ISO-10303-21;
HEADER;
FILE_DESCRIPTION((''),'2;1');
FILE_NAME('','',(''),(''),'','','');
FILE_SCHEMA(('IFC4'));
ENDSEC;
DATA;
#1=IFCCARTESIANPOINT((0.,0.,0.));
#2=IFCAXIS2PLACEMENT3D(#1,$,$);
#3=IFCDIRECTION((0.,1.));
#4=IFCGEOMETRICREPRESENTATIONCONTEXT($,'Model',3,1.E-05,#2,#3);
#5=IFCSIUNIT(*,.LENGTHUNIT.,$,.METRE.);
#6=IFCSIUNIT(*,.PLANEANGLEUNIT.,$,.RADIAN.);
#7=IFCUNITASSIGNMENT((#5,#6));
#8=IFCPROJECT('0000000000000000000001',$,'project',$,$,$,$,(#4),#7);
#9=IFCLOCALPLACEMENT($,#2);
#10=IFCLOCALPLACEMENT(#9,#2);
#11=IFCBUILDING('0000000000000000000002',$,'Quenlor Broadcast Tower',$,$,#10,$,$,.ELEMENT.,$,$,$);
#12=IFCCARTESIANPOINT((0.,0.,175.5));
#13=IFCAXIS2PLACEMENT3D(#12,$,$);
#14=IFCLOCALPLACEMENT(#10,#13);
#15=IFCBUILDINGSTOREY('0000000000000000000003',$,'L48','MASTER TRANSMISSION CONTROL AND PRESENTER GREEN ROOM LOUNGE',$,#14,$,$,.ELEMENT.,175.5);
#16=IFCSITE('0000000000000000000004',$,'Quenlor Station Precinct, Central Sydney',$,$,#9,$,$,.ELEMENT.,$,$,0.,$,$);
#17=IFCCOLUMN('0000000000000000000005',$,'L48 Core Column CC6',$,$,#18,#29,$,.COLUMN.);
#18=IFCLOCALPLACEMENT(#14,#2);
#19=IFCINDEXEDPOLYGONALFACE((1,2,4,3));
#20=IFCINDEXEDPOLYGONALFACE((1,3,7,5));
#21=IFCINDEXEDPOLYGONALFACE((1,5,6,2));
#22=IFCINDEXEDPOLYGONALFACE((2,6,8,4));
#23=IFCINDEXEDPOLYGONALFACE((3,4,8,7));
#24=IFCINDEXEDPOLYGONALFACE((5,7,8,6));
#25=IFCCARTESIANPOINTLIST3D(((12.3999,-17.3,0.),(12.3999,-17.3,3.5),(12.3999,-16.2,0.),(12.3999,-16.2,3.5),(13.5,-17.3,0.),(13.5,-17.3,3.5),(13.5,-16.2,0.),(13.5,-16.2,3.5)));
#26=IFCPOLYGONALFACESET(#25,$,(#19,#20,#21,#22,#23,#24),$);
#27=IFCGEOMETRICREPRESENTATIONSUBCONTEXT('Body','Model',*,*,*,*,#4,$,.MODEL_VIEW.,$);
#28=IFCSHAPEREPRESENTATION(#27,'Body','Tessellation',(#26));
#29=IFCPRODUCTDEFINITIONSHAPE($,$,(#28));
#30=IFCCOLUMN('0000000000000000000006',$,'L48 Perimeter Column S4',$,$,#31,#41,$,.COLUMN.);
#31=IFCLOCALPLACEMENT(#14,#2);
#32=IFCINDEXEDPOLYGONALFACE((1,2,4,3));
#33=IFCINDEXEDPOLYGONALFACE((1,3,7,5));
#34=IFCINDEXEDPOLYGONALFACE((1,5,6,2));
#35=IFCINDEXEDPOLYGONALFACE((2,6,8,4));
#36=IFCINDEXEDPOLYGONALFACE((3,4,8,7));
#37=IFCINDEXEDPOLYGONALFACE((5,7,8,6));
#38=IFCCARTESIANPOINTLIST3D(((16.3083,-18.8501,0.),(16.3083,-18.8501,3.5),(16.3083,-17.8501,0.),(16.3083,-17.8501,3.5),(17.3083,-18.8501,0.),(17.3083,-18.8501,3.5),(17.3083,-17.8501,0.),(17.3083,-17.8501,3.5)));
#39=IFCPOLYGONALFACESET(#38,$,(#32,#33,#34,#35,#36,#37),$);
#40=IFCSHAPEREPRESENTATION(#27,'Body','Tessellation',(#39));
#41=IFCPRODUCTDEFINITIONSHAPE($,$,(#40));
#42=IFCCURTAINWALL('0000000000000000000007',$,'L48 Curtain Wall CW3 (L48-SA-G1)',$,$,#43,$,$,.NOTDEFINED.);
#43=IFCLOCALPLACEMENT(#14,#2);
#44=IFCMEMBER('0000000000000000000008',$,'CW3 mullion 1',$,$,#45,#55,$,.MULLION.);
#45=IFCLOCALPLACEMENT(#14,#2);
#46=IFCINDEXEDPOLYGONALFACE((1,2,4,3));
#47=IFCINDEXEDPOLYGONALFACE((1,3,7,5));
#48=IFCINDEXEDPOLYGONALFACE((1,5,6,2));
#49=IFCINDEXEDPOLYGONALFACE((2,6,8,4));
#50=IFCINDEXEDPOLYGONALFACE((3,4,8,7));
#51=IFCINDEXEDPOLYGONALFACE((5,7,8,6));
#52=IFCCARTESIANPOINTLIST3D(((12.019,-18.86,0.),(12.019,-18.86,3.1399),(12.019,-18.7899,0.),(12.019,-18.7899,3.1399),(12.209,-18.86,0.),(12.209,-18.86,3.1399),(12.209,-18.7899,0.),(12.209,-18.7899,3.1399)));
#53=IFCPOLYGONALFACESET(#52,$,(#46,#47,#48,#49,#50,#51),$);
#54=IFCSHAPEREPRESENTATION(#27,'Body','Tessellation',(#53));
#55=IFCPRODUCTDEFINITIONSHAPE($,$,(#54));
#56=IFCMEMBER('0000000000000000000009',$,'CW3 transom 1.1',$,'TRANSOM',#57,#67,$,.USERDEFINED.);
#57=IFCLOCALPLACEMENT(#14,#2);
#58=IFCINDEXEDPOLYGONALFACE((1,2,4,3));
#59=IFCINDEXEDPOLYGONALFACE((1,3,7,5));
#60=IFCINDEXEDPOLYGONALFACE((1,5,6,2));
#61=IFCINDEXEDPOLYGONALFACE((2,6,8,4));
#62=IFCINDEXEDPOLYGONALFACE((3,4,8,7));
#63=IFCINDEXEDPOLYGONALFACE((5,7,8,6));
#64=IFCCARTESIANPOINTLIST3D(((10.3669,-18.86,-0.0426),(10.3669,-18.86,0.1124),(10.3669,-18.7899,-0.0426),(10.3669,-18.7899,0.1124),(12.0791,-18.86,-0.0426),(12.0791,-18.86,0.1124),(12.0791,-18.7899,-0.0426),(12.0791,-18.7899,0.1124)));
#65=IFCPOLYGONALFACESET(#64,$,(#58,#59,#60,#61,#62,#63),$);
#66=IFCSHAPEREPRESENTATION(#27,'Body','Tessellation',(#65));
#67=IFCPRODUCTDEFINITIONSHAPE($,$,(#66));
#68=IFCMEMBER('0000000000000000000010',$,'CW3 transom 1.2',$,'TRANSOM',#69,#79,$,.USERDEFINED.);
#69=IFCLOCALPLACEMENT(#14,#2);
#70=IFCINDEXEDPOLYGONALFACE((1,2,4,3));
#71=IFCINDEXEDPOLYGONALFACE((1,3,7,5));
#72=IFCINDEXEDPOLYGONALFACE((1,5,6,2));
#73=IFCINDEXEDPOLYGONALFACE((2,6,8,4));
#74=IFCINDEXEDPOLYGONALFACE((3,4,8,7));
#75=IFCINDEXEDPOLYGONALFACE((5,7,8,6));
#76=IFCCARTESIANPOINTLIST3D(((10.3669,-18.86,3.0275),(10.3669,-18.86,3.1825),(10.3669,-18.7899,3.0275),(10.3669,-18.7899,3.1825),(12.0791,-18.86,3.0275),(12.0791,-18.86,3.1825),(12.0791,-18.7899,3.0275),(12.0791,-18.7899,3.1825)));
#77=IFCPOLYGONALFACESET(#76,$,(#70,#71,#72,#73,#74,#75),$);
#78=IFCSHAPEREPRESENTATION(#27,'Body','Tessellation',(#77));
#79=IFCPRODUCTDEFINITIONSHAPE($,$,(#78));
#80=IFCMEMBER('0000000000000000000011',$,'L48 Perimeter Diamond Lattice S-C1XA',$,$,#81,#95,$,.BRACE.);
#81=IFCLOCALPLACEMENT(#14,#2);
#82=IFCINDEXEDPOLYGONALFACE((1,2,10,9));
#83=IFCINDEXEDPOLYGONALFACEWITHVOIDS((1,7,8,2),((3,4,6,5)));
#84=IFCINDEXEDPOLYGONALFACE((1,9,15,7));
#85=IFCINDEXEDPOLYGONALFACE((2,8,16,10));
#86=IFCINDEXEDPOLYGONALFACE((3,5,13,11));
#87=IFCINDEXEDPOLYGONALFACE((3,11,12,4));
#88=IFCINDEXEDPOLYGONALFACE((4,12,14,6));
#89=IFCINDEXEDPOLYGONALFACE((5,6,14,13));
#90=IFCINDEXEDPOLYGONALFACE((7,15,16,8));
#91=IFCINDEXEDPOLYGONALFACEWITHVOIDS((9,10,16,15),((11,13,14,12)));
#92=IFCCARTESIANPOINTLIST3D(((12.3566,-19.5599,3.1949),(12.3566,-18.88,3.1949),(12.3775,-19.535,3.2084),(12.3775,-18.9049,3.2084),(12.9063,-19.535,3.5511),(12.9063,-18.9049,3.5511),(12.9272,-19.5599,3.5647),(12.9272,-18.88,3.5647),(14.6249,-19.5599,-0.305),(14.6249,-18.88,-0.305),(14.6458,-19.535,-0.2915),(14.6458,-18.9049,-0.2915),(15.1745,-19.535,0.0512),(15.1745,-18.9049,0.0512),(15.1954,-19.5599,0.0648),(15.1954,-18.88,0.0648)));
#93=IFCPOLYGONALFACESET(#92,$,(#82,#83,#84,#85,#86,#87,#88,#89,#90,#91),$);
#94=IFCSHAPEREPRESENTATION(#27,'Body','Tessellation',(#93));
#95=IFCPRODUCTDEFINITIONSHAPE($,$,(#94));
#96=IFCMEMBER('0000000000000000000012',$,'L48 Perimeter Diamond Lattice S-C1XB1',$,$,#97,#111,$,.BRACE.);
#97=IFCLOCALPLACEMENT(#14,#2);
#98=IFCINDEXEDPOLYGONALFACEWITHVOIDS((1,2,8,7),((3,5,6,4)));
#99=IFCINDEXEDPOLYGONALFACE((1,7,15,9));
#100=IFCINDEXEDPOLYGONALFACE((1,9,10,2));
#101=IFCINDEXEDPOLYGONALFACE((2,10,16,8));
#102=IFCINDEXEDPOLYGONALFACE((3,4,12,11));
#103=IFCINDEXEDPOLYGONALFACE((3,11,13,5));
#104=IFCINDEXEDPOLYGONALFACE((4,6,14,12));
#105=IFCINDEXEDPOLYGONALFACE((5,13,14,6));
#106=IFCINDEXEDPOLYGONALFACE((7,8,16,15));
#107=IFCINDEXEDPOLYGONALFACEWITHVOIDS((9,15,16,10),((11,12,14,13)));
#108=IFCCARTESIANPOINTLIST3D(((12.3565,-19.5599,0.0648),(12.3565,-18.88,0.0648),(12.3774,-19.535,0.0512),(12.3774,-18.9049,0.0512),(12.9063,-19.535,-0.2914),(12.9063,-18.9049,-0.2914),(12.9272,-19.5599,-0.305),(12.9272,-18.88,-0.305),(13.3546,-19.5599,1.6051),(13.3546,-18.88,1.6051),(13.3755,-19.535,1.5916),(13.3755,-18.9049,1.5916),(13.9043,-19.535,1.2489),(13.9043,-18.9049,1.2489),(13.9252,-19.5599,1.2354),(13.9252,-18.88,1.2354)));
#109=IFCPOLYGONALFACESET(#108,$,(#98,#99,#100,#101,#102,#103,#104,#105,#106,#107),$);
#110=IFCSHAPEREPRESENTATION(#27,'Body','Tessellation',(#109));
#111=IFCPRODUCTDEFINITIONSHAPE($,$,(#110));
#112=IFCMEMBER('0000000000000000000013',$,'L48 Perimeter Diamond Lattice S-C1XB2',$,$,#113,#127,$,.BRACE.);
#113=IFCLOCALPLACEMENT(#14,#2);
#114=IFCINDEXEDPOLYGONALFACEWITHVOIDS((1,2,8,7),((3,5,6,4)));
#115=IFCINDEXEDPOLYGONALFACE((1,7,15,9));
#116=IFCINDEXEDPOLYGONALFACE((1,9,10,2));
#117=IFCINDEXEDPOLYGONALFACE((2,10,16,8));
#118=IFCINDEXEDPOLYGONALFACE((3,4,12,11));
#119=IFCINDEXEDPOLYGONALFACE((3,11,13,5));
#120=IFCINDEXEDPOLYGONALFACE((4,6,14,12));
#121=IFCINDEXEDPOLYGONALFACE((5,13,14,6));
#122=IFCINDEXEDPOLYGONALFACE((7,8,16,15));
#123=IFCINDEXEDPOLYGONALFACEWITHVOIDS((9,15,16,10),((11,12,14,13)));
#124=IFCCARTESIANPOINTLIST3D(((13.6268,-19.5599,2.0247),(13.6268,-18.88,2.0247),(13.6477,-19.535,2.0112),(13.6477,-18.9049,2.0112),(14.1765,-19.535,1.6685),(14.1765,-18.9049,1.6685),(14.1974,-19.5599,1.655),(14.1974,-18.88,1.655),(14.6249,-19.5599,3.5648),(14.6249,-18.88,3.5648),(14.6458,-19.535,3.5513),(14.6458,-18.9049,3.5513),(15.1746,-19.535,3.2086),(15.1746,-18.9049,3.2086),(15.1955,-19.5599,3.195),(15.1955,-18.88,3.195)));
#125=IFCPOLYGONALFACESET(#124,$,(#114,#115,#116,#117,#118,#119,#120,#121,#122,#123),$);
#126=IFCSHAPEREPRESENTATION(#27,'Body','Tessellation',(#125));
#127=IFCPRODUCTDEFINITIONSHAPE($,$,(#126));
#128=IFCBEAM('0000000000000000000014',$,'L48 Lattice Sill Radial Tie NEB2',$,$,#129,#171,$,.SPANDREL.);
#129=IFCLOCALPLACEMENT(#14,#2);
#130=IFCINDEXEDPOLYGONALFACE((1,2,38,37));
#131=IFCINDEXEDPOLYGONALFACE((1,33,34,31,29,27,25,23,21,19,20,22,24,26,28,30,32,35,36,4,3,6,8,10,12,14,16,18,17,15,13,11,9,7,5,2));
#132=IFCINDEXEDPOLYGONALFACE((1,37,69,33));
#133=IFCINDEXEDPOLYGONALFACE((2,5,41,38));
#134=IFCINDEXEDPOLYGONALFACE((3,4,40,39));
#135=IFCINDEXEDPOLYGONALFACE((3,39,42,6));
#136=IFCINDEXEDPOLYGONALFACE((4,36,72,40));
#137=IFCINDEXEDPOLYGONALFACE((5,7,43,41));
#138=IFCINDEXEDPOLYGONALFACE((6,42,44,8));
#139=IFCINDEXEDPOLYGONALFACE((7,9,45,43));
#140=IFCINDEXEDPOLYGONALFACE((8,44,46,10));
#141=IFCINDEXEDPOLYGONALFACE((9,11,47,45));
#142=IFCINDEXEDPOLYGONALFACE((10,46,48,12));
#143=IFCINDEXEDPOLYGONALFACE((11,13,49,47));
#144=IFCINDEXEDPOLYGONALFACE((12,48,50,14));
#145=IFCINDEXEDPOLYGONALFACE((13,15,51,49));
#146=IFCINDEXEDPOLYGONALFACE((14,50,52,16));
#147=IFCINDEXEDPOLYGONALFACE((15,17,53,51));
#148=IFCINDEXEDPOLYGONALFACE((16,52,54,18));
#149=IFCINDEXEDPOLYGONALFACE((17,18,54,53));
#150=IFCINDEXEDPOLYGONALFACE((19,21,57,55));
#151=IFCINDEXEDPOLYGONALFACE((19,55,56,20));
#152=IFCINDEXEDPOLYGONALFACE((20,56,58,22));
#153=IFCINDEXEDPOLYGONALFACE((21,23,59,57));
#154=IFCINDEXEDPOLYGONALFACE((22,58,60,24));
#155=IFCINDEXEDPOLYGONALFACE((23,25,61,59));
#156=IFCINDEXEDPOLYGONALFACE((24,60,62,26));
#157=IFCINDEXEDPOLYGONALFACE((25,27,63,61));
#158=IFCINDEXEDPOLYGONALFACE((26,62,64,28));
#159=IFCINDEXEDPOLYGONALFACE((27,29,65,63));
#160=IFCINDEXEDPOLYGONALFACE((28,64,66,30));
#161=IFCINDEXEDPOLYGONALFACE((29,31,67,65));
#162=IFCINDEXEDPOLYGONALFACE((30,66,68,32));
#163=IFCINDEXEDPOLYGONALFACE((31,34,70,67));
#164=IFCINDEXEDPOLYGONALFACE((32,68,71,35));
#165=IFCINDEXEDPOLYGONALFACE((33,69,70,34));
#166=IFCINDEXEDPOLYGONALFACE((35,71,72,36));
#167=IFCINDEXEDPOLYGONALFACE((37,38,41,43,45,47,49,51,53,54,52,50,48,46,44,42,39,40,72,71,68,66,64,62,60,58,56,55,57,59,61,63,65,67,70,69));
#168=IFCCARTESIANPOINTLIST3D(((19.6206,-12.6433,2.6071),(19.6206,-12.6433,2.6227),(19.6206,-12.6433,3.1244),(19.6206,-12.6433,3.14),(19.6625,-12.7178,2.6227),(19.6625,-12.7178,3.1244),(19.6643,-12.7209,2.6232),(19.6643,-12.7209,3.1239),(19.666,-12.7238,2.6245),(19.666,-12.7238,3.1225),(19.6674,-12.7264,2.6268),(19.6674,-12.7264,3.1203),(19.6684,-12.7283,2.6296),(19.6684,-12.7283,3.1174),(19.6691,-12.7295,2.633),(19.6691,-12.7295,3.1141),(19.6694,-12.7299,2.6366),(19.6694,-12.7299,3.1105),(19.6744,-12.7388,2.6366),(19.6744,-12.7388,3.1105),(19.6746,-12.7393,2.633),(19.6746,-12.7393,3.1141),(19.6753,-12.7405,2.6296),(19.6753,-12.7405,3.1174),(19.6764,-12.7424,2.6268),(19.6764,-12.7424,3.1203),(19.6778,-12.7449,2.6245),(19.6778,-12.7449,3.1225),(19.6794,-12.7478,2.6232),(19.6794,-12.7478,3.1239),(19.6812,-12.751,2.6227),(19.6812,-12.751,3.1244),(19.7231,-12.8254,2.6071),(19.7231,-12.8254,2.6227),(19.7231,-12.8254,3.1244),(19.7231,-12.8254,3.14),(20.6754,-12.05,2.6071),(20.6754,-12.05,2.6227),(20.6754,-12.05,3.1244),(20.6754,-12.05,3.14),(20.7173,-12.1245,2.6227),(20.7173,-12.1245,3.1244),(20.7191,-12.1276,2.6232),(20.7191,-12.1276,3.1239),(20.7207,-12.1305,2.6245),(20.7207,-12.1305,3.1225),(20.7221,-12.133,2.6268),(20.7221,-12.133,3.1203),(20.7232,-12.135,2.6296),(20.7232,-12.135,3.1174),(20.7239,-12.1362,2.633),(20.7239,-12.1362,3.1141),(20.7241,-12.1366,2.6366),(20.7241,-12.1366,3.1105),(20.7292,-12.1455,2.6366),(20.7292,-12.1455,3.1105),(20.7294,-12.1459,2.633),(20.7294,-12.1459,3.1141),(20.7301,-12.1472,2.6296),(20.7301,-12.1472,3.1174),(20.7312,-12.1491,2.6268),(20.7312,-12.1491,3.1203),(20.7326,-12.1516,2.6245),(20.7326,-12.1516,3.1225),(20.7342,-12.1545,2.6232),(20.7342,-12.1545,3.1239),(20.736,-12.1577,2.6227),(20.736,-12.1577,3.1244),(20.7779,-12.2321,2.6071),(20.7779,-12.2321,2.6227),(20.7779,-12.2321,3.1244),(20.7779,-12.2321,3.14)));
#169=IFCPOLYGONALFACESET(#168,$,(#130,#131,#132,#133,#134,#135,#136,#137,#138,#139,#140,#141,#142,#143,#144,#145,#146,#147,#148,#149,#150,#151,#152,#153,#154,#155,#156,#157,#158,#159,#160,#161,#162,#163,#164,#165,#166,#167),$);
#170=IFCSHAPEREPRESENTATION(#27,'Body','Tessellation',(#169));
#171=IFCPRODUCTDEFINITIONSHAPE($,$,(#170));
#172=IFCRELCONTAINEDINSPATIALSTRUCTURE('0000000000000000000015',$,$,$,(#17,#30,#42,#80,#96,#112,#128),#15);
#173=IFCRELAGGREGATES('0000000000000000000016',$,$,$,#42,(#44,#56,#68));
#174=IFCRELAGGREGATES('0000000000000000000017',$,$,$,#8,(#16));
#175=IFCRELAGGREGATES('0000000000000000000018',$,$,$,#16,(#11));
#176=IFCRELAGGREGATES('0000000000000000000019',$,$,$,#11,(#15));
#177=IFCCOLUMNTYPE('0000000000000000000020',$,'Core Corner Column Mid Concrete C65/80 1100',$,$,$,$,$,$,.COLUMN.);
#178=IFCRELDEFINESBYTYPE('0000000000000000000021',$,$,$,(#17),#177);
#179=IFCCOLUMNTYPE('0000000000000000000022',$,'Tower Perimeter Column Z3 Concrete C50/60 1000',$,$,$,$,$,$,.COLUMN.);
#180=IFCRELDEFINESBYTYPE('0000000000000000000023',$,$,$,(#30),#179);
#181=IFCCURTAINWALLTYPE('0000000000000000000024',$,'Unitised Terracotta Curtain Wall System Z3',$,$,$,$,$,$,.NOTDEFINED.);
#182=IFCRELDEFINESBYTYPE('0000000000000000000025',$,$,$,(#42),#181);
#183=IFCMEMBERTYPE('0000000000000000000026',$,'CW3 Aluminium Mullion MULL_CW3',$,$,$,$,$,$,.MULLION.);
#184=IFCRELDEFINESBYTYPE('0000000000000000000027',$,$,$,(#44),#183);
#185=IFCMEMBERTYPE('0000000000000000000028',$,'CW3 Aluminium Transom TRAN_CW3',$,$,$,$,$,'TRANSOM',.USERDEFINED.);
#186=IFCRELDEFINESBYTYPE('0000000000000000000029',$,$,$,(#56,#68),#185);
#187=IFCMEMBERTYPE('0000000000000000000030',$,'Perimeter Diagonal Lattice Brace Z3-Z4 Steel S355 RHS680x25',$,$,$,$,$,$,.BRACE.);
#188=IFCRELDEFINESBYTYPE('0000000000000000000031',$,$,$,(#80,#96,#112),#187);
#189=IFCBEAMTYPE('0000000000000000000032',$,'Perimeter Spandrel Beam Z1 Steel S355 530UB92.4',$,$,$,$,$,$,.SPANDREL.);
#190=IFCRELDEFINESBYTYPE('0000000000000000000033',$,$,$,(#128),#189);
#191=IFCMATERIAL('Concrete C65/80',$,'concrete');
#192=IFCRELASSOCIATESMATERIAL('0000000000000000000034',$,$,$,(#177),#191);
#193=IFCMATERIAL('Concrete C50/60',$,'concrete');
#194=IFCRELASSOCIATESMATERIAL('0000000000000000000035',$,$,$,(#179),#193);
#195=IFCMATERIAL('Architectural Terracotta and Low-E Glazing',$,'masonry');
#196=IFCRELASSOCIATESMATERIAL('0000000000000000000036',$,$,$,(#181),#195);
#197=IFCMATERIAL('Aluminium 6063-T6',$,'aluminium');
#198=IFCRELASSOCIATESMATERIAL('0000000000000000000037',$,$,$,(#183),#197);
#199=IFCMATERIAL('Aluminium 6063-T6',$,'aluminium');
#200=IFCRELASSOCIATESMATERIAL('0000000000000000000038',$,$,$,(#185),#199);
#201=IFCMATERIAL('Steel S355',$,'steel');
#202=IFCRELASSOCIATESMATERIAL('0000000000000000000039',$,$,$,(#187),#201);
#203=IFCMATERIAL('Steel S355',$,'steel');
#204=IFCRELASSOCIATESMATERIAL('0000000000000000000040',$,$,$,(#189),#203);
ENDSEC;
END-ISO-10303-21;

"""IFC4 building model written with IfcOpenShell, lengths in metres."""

from ifc_helpers import new_model, si_unit, direction, frame, origin, origin_2d, place, context, subcontext, project, spatial, rectangle, hollow_rectangle, i_section, extrude, material, material_profile, profile_set, type_object, element, aggregate, save


model = new_model("IFC4")

# Units and contexts
model_context = context("Model", 3, precision=1e-05, world=origin(), true_north=direction((0.0, 1.0)))
body_context = subcontext(model_context, "Body", "Model", "MODEL_VIEW")
ifc_project = project(units=[si_unit("LENGTHUNIT", "METRE"), si_unit("PLANEANGLEUNIT", "RADIAN")], contexts=[model_context])

# Site, building, storey
site_placement = place(None, origin())
site = spatial("IfcSite", under=ifc_project, at=site_placement, Name="Quenlor Station Precinct, Central Sydney", CompositionType="ELEMENT", RefElevation=0.0)
building_placement = place(site_placement, origin())
building = spatial("IfcBuilding", under=site, at=building_placement, Name="Quenlor Broadcast Tower", CompositionType="ELEMENT")
storey_placement = place(building_placement, frame((0.0, 0.0, 175.5)))
storey = spatial("IfcBuildingStorey", under=building, at=storey_placement, Name="L48", Description="MASTER TRANSMISSION CONTROL AND PRESENTER GREEN ROOM LOUNGE", CompositionType="ELEMENT", Elevation=175.5)

# Columns
ifc_material_1 = material(Name="Concrete C65/80", Category="concrete")
ifc_material_profile_1 = material_profile(ifc_material_1, rectangle(XDim=1.1001, YDim=1.1001, at=origin_2d()))
ifc_profile_set_1 = profile_set([ifc_material_profile_1], Name="Concrete C65/80 RC1100x1100")
column_type_1 = type_object("IfcColumnType", Name="Core Corner Column Mid Concrete C65/80 1100", PredefinedType="COLUMN", material=ifc_profile_set_1)
column_1_placement = place(storey_placement, frame((12.95, -16.75, 0.0), z_axis=(0.0, 0.0, 1.0), x_axis=(1.0, 0.0, 0.0)))
element("IfcColumn", 1, at=column_1_placement, inside=storey, type_object=column_type_1, Name="L48 Core Column CC6", PredefinedType="COLUMN", context=body_context, shape_type="SweptSolid", body=[
    extrude(rectangle(XDim=1.1001, YDim=1.1001, at=origin_2d()), origin(), (0.0, 0.0, 1.0), 3.5),
])
ifc_material_2 = material(Name="Concrete C50/60", Category="concrete")
ifc_material_profile_2 = material_profile(ifc_material_2, rectangle(XDim=1.0, YDim=1.0, at=origin_2d()))
ifc_profile_set_2 = profile_set([ifc_material_profile_2], Name="Concrete C50/60 RC1000x1000")
column_type_2 = type_object("IfcColumnType", Name="Tower Perimeter Column Z3 Concrete C50/60 1000", PredefinedType="COLUMN", material=ifc_profile_set_2)
column_2_placement = place(storey_placement, frame((16.8083, -18.3501, 0.0), z_axis=(0.0, 0.0, 1.0), x_axis=(0.0, 1.0, 0.0)))
element("IfcColumn", 2, at=column_2_placement, inside=storey, type_object=column_type_2, Name="L48 Perimeter Column S4", PredefinedType="COLUMN", context=body_context, shape_type="SweptSolid", body=[
    extrude(rectangle(XDim=1.0, YDim=1.0, at=origin_2d()), origin(), (0.0, 0.0, 1.0), 3.5),
])

# Curtain wall, members
ifc_material_3 = material(Name="Architectural Terracotta and Low-E Glazing", Category="masonry")
curtain_wall_type = type_object("IfcCurtainWallType", Name="Unitised Terracotta Curtain Wall System Z3", PredefinedType="NOTDEFINED", material=ifc_material_3)
curtain_wall_placement = place(storey_placement, origin())
curtain_wall = element("IfcCurtainWall", 3, at=curtain_wall_placement, inside=storey, type_object=curtain_wall_type, Name="L48 Curtain Wall CW3 (L48-SA-G1)", PredefinedType="NOTDEFINED")
ifc_material_4 = material(Name="Aluminium 6063-T6", Category="aluminium")
ifc_material_profile_3 = material_profile(ifc_material_4, rectangle(XDim=0.0701, YDim=0.1899, at=origin_2d()))
ifc_profile_set_3 = profile_set([ifc_material_profile_3], Name="Aluminium 6063-T6 MULL70x190")
member_type_1 = type_object("IfcMemberType", Name="CW3 Aluminium Mullion MULL_CW3", PredefinedType="MULLION", material=ifc_profile_set_3)
member_1_placement = place(storey_placement, frame((12.114, -18.825, 0.0), z_axis=(0.0, 0.0, 1.0), x_axis=(0.0, -1.0, 0.0)))
member_1 = element("IfcMember", 4, at=member_1_placement, type_object=member_type_1, Name="CW3 mullion 1", PredefinedType="MULLION", context=body_context, shape_type="SweptSolid", body=[
    extrude(rectangle(XDim=0.0701, YDim=0.1899, at=origin_2d()), origin(), (0.0, 0.0, 1.0), 3.1399),
])
ifc_material_5 = material(Name="Aluminium 6063-T6", Category="aluminium")
ifc_material_profile_4 = material_profile(ifc_material_5, rectangle(XDim=0.0701, YDim=0.155, at=origin_2d()))
ifc_profile_set_4 = profile_set([ifc_material_profile_4], Name="Aluminium 6063-T6 TRAN70x155")
member_type_2 = type_object("IfcMemberType", Name="CW3 Aluminium Transom TRAN_CW3", ElementType="TRANSOM", PredefinedType="USERDEFINED", material=ifc_profile_set_4)
member_2_placement = place(storey_placement, frame((12.0791, -18.825, 0.0349), z_axis=(-1.0, 0.0, 0.0), x_axis=(0.0, -1.0, 0.0)))
member_2 = element("IfcMember", 5, at=member_2_placement, type_object=member_type_2, Name="CW3 transom 1.1", ObjectType="TRANSOM", PredefinedType="USERDEFINED", context=body_context, shape_type="SweptSolid", body=[
    extrude(rectangle(XDim=0.0701, YDim=0.155, at=origin_2d()), origin(), (0.0, 0.0, 1.0), 1.7122),
])
member_3_placement = place(storey_placement, frame((12.0791, -18.825, 3.105), z_axis=(-1.0, 0.0, 0.0), x_axis=(0.0, -1.0, 0.0)))
member_3 = element("IfcMember", 6, at=member_3_placement, type_object=member_type_2, Name="CW3 transom 1.2", ObjectType="TRANSOM", PredefinedType="USERDEFINED", context=body_context, shape_type="SweptSolid", body=[
    extrude(rectangle(XDim=0.0701, YDim=0.155, at=origin_2d()), origin(), (0.0, 0.0, 1.0), 1.7122),
])
aggregate(curtain_wall, [member_1, member_2, member_3])

# Members
ifc_material_6 = material(Name="Steel S355", Category="steel")
ifc_material_profile_5 = material_profile(ifc_material_6, hollow_rectangle(XDim=0.6799, YDim=0.6799, WallThickness=0.0249, at=origin_2d()))
ifc_profile_set_5 = profile_set([ifc_material_profile_5], Name="Steel S355 RHS680x680x25")
member_type_3 = type_object("IfcMemberType", Name="Perimeter Diagonal Lattice Brace Z3-Z4 Steel S355 RHS680x25", PredefinedType="BRACE", material=ifc_profile_set_5)
member_4_placement = place(storey_placement, frame((14.9102, -19.22, -0.1201), z_axis=(-0.54386, 0.0, 0.839176), x_axis=(0.0, -1.0, 0.0)))
element("IfcMember", 7, at=member_4_placement, inside=storey, type_object=member_type_3, Name="L48 Perimeter Diamond Lattice S-C1XA", PredefinedType="BRACE", context=body_context, shape_type="SweptSolid", body=[
    extrude(hollow_rectangle(XDim=0.6799, YDim=0.6799, WallThickness=0.0249, at=origin_2d()), origin(), (0.0, 0.0, 1.0), 4.1707),
])
member_5_placement = place(storey_placement, frame((12.6418, -19.22, -0.1201), z_axis=(0.543786, 0.0, 0.839224), x_axis=(0.0, 1.0, 0.0)))
element("IfcMember", 8, at=member_5_placement, inside=storey, type_object=member_type_3, Name="L48 Perimeter Diamond Lattice S-C1XB1", PredefinedType="BRACE", context=body_context, shape_type="SweptSolid", body=[
    extrude(hollow_rectangle(XDim=0.6799, YDim=0.6799, WallThickness=0.0249, at=origin_2d()), origin(), (0.0, 0.0, 1.0), 1.8354),
])
member_6_placement = place(storey_placement, frame((13.9121, -19.22, 1.8398), z_axis=(0.543847, 0.0, 0.839184), x_axis=(0.0, 1.0, 0.0)))
element("IfcMember", 9, at=member_6_placement, inside=storey, type_object=member_type_3, Name="L48 Perimeter Diamond Lattice S-C1XB2", PredefinedType="BRACE", context=body_context, shape_type="SweptSolid", body=[
    extrude(hollow_rectangle(XDim=0.6799, YDim=0.6799, WallThickness=0.0249, at=origin_2d()), origin(), (0.0, 0.0, 1.0), 1.8352),
])

# Beam
ifc_material_7 = material(Name="Steel S355", Category="steel")
ifc_material_profile_6 = material_profile(ifc_material_7, i_section(OverallWidth=0.209, OverallDepth=0.533, WebThickness=0.0103, FlangeThickness=0.0156, FilletRadius=0.0139, at=origin_2d()))
ifc_profile_set_6 = profile_set([ifc_material_profile_6], Name="Steel S355 530UB92.4")
beam_type_1 = type_object("IfcBeamType", Name="Perimeter Spandrel Beam Z1 Steel S355 530UB92.4", PredefinedType="SPANDREL", material=ifc_profile_set_6)
beam_1_placement = place(storey_placement, frame((19.6719, -12.7344, 2.8735), z_axis=(0.871576, 0.490261, 0.0), x_axis=(-0.490261, 0.871576, 0.0)))
element("IfcBeam", 10, at=beam_1_placement, inside=storey, type_object=beam_type_1, Name="L48 Lattice Sill Radial Tie NEB2", PredefinedType="SPANDREL", context=body_context, shape_type="SweptSolid", body=[
    extrude(i_section(OverallWidth=0.209, OverallDepth=0.533, WebThickness=0.0103, FlangeThickness=0.0156, FilletRadius=0.0139, at=origin_2d()), origin(), (0.0, 0.0, 1.0), 1.2102),
])

save(model, "model.ifc")
